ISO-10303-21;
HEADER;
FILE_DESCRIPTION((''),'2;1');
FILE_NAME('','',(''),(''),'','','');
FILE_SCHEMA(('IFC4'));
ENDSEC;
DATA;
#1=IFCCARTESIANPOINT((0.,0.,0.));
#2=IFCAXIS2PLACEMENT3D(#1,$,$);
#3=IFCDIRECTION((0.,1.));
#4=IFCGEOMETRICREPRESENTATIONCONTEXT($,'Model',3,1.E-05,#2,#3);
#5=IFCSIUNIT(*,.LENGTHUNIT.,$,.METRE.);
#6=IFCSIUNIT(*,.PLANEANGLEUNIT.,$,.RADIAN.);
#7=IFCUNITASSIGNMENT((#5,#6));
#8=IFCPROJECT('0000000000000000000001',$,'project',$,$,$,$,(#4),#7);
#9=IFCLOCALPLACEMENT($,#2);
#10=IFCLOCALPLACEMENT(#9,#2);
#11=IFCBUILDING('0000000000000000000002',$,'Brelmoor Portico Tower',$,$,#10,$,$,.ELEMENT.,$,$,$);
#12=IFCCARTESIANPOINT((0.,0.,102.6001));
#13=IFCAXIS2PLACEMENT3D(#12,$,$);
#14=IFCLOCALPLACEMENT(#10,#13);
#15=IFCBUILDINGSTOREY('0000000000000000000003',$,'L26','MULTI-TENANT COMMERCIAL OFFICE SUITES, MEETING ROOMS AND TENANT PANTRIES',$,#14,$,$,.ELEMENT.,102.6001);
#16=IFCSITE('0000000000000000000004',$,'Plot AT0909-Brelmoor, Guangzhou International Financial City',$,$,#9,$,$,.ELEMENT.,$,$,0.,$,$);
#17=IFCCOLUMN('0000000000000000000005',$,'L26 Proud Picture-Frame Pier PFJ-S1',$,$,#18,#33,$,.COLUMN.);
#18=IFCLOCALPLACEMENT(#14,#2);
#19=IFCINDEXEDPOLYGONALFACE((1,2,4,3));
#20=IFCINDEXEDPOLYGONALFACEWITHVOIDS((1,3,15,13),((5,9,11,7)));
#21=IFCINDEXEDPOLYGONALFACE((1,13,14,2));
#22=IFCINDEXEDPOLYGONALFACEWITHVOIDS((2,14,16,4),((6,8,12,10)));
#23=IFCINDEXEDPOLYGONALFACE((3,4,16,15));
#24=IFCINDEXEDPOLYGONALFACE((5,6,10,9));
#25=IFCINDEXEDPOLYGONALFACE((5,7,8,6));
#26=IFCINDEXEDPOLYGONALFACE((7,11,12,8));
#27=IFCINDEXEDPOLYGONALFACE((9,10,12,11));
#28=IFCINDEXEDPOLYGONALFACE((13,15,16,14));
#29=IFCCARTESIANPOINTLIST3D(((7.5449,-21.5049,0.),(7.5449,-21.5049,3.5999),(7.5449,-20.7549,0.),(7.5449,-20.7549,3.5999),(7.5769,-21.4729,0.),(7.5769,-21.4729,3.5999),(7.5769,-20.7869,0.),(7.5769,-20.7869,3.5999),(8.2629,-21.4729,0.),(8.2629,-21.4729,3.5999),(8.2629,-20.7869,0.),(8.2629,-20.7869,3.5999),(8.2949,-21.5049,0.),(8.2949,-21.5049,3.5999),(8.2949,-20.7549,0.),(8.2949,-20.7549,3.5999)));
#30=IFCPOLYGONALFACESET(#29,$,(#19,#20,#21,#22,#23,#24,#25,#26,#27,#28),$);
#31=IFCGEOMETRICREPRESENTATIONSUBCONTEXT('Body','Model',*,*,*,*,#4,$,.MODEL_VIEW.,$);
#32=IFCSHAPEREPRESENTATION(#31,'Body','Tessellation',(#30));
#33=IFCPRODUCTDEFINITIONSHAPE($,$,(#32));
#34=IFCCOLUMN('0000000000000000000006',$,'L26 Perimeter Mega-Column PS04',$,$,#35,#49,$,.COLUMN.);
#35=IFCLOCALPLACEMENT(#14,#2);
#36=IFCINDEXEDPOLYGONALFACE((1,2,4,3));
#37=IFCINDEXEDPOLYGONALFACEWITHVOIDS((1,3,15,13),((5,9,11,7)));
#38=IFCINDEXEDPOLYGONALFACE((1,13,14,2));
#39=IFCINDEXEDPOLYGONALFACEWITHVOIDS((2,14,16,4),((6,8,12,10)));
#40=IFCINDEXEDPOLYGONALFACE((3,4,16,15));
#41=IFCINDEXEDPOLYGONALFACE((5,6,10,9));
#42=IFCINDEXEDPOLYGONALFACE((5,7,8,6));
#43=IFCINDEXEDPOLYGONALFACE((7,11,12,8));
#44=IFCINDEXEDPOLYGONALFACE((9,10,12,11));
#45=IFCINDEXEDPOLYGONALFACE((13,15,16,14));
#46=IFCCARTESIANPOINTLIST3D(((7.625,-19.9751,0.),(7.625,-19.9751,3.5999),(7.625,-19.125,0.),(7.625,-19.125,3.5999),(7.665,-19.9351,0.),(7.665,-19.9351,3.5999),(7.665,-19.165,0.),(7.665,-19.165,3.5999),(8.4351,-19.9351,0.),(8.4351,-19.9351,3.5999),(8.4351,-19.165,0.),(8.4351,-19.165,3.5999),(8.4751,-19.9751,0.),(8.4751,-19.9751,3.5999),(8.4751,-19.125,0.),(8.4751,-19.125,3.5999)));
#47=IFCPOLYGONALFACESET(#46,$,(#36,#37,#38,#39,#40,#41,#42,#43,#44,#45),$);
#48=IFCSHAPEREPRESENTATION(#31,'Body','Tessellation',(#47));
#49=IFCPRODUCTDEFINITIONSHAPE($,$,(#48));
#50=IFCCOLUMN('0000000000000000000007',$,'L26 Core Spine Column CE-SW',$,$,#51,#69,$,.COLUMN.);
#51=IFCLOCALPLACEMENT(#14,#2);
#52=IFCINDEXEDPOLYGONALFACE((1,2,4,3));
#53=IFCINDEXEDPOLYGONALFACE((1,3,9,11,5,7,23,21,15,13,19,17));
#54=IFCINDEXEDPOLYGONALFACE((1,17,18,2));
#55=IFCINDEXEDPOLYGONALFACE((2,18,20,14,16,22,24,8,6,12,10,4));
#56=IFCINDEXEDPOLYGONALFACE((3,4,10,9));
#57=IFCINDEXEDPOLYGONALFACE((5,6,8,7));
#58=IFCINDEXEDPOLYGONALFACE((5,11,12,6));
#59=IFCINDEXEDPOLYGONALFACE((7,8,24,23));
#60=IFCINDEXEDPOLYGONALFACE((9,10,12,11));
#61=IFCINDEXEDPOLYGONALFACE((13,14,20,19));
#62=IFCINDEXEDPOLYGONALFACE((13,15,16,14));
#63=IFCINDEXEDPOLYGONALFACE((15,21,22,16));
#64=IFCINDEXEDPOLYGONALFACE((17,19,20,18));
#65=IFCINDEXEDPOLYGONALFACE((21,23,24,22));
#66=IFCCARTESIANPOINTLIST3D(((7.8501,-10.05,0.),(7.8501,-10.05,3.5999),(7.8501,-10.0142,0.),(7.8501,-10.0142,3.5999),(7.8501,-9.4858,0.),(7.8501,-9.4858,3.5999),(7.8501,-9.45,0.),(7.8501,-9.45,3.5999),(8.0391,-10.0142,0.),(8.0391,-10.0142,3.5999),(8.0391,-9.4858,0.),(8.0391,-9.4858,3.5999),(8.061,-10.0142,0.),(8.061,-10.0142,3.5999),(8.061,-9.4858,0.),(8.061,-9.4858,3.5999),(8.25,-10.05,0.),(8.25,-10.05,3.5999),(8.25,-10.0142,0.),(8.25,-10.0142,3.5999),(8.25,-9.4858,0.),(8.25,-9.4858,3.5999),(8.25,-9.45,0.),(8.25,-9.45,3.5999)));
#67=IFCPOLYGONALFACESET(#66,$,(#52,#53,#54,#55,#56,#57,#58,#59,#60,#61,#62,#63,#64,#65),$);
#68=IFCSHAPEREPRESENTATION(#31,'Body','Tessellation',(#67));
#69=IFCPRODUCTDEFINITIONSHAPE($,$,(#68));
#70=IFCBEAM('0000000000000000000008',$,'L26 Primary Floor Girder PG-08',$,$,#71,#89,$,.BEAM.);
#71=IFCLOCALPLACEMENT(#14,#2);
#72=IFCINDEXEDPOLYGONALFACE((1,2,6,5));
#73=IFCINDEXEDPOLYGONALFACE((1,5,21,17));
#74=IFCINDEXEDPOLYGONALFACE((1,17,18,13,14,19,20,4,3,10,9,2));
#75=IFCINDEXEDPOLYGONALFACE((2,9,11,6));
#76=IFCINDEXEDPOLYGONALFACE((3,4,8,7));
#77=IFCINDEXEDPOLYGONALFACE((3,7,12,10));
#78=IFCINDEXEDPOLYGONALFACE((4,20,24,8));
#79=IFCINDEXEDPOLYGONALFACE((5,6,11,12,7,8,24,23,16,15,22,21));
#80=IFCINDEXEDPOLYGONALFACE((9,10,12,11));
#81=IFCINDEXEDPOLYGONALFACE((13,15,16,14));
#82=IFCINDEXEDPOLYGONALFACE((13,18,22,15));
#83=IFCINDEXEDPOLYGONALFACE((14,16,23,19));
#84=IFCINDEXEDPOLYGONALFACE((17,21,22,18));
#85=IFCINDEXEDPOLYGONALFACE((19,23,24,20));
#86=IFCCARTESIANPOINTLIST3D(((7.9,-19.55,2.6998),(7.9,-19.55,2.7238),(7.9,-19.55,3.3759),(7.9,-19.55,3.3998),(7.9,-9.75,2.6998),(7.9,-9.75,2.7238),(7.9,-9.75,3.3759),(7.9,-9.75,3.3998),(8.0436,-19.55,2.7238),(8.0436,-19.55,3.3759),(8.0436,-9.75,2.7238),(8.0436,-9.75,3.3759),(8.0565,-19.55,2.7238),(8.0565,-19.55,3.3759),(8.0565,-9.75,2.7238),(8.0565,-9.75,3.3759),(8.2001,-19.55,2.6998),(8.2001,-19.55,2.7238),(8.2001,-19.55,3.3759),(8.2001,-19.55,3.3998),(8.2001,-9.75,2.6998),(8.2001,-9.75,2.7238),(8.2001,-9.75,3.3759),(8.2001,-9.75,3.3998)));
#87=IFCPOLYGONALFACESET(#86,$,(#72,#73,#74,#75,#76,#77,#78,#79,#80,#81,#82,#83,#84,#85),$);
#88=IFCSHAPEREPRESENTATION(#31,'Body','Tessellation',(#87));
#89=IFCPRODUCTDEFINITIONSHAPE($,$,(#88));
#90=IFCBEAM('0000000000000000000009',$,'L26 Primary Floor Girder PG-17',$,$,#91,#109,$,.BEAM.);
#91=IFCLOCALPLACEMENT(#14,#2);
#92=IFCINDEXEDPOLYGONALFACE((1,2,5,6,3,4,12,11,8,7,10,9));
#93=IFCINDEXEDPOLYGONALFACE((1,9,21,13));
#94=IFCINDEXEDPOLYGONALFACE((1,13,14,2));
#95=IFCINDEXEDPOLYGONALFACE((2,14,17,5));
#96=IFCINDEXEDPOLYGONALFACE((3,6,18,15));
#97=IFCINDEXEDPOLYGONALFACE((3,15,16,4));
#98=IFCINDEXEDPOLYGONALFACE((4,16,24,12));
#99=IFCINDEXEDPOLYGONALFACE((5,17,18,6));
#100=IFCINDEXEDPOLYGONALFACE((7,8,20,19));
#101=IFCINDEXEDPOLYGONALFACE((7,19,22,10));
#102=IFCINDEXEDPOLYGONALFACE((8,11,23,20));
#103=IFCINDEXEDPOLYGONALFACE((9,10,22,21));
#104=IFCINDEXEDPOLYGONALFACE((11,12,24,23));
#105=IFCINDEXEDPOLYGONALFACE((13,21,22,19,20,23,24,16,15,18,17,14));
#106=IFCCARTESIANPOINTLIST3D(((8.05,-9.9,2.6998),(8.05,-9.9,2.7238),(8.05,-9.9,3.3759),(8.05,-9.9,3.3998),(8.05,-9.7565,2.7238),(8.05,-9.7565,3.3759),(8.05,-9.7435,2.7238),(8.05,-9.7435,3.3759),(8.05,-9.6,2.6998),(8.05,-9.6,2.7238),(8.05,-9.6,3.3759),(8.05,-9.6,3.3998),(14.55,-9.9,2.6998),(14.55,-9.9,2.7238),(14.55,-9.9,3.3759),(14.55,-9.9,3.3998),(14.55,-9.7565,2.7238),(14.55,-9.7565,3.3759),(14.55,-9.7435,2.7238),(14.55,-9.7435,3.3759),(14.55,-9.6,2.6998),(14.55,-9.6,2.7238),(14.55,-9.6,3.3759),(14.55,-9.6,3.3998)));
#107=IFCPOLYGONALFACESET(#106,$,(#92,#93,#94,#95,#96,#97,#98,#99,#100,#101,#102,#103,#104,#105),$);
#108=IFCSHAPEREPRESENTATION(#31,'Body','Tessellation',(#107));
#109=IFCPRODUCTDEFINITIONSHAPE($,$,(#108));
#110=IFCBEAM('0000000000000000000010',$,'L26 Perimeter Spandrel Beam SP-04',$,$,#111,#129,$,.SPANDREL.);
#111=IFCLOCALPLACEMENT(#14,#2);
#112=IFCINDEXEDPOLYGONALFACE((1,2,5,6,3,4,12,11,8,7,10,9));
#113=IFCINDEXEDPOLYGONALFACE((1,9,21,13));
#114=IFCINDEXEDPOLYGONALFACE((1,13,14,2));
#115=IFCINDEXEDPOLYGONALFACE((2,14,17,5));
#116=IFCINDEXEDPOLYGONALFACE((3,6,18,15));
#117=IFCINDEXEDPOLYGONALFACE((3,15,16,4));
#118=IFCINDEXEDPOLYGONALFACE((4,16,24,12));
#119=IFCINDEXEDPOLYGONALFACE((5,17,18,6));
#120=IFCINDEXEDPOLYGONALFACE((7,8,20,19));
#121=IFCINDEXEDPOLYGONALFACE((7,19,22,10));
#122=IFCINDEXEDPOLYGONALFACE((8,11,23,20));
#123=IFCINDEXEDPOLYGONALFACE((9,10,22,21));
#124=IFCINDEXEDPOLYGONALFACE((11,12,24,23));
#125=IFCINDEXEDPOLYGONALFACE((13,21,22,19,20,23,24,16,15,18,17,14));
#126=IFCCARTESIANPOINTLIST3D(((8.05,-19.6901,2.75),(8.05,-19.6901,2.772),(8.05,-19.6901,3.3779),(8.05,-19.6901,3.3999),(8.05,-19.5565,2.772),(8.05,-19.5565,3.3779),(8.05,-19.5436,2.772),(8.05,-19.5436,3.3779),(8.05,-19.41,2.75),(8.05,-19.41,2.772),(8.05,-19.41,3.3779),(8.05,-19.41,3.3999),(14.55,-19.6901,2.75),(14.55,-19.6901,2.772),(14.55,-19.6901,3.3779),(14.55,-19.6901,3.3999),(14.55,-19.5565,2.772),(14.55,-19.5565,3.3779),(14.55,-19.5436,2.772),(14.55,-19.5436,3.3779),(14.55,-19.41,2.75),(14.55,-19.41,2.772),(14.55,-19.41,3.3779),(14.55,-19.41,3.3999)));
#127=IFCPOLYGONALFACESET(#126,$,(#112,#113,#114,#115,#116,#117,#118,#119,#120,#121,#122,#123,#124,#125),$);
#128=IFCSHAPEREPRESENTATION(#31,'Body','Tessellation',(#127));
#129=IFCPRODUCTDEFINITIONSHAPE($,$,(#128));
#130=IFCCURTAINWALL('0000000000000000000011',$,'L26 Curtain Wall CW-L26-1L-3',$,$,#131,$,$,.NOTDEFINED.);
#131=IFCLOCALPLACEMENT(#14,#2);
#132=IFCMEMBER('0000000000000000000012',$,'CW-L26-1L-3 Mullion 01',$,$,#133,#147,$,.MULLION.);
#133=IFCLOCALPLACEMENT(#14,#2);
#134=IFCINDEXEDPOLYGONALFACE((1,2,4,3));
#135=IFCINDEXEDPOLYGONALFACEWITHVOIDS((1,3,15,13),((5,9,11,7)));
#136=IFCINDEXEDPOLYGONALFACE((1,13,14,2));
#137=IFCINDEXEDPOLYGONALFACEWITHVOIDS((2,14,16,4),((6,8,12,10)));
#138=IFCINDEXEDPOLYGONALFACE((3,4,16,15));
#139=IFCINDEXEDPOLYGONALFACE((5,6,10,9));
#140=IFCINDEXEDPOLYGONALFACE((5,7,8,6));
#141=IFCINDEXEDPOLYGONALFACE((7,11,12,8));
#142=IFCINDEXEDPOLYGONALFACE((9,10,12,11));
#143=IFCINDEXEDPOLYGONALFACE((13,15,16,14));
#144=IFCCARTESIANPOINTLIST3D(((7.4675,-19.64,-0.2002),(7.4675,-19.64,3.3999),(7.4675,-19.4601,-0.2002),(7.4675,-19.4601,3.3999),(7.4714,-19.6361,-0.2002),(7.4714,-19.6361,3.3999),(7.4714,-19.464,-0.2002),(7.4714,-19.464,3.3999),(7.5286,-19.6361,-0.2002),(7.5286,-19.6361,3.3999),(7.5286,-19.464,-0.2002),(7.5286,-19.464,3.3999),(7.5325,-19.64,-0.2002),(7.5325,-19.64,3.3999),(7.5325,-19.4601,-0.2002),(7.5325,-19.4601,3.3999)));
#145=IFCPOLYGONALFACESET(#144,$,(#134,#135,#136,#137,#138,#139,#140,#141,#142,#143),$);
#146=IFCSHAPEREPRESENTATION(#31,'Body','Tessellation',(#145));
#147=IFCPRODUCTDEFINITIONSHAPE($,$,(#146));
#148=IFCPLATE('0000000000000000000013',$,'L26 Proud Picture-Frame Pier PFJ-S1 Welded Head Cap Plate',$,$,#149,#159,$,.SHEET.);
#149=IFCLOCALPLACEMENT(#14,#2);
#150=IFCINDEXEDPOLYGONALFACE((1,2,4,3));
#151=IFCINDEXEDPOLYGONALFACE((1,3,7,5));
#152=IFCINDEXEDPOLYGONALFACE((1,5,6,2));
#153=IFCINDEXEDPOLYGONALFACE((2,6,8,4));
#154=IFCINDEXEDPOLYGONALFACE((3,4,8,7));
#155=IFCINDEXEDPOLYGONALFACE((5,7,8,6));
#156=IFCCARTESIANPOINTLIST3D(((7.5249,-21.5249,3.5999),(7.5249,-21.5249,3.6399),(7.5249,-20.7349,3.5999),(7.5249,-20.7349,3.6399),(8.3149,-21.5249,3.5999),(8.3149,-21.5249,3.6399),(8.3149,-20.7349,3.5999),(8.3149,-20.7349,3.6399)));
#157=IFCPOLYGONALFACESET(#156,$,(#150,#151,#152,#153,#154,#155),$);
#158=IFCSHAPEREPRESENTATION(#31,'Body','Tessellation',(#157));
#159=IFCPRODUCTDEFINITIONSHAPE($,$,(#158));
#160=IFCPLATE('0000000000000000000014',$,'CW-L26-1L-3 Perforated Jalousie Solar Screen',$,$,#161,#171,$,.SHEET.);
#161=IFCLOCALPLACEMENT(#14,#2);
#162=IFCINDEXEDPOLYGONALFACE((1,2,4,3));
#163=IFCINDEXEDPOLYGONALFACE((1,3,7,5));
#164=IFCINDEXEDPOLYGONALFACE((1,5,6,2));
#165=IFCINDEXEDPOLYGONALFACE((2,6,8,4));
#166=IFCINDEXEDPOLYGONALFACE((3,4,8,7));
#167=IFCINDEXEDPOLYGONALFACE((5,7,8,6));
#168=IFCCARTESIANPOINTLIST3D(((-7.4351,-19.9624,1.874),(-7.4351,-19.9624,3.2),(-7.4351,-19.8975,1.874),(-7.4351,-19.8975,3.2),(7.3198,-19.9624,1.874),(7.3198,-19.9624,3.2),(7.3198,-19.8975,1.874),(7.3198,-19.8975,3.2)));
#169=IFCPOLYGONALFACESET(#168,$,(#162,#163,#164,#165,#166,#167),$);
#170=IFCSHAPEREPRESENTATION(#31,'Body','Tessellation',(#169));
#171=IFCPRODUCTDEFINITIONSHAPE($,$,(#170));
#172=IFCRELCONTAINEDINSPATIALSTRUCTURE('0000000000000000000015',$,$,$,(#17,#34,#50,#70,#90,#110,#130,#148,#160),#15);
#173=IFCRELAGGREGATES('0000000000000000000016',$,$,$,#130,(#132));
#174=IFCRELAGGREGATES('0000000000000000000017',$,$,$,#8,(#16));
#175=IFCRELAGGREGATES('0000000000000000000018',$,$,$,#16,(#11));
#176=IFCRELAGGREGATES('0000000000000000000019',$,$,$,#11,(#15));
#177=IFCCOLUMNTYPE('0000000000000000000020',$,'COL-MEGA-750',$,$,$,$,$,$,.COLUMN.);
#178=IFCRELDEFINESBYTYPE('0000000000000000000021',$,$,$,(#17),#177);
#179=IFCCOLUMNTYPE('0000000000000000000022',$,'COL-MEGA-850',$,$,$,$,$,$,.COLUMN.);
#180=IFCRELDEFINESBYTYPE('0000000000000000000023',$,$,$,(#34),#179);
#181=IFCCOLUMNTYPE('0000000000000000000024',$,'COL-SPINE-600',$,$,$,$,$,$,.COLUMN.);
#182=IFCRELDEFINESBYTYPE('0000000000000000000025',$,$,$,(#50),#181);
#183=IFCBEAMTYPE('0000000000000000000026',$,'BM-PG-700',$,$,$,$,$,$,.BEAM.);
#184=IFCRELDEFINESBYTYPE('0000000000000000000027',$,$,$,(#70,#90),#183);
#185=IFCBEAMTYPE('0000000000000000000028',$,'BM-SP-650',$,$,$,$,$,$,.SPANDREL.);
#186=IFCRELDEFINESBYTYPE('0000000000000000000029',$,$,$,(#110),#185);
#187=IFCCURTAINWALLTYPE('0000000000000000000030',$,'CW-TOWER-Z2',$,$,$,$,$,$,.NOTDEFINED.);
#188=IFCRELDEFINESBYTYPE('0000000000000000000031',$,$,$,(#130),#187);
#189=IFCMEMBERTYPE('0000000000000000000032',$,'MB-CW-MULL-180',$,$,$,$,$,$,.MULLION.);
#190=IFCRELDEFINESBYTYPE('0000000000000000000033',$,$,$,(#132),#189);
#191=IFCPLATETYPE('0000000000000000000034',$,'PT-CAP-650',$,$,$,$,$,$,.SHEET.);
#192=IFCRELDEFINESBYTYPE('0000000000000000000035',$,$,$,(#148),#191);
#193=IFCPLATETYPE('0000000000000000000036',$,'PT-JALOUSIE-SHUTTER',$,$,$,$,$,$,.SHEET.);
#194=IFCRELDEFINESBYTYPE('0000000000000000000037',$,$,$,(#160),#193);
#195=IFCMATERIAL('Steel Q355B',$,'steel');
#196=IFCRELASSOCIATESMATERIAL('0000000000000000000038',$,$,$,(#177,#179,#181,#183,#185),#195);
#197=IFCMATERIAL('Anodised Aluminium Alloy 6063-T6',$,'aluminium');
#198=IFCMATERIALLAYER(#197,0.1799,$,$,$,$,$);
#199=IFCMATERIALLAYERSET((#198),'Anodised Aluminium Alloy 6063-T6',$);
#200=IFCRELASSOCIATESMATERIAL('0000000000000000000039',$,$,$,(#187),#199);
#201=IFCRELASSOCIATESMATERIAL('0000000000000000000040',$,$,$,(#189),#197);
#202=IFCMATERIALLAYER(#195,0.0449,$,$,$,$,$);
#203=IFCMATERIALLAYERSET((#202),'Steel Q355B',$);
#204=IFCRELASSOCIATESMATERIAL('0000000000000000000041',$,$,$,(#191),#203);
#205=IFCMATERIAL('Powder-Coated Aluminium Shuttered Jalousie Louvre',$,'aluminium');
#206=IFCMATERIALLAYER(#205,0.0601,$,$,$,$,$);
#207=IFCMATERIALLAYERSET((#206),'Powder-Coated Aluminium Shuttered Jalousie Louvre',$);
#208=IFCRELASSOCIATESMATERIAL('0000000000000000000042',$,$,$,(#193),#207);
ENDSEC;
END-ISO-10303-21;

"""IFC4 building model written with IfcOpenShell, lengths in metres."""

from ifc_helpers import new_model, si_unit, direction, frame, origin, origin_2d, place, context, subcontext, project, spatial, rectangle, hollow_rectangle, i_section, extrude, material, layer, layer_set, material_profile, profile_set, type_object, element, aggregate, save


model = new_model("IFC4")

# Units and contexts
model_context = context("Model", 3, precision=1e-05, world=origin(), true_north=direction((0.0, 1.0)))
body_context = subcontext(model_context, "Body", "Model", "MODEL_VIEW")
ifc_project = project(units=[si_unit("LENGTHUNIT", "METRE"), si_unit("PLANEANGLEUNIT", "RADIAN")], contexts=[model_context])

# Site, building, storey
site_placement = place(None, origin())
site = spatial("IfcSite", under=ifc_project, at=site_placement, Name="Plot AT0909-Brelmoor, Guangzhou International Financial City", CompositionType="ELEMENT", RefElevation=0.0)
building_placement = place(site_placement, origin())
building = spatial("IfcBuilding", under=site, at=building_placement, Name="Brelmoor Portico Tower", CompositionType="ELEMENT")
storey_placement = place(building_placement, frame((0.0, 0.0, 102.6001)))
storey = spatial("IfcBuildingStorey", under=building, at=storey_placement, Name="L26", Description="MULTI-TENANT COMMERCIAL OFFICE SUITES, MEETING ROOMS AND TENANT PANTRIES", CompositionType="ELEMENT", Elevation=102.6001)

# Columns
ifc_material_1 = material(Name="Steel Q355B", Category="steel")
ifc_material_profile_1 = material_profile(ifc_material_1, hollow_rectangle(XDim=0.75, YDim=0.75, WallThickness=0.032, at=origin_2d()), Name="BOX 750x750x32")
ifc_profile_set_1 = profile_set([ifc_material_profile_1], Name="Steel Q355B")
column_type_1 = type_object("IfcColumnType", Name="COL-MEGA-750", PredefinedType="COLUMN", material=ifc_profile_set_1)
column_1_placement = place(storey_placement, frame((7.9199, -21.1299, 0.0), z_axis=(0.0, 0.0, 1.0), x_axis=(1.0, 0.0, 0.0)))
element("IfcColumn", 1, at=column_1_placement, inside=storey, type_object=column_type_1, Name="L26 Proud Picture-Frame Pier PFJ-S1", PredefinedType="COLUMN", context=body_context, shape_type="SweptSolid", body=[
    extrude(hollow_rectangle(XDim=0.75, YDim=0.75, WallThickness=0.032, at=origin_2d()), origin(), (0.0, 0.0, 1.0), 3.5999),
])
ifc_material_profile_2 = material_profile(ifc_material_1, hollow_rectangle(XDim=0.8501, YDim=0.8501, WallThickness=0.04, at=origin_2d()), Name="BOX 850x850x40")
ifc_profile_set_2 = profile_set([ifc_material_profile_2], Name="Steel Q355B")
column_type_2 = type_object("IfcColumnType", Name="COL-MEGA-850", PredefinedType="COLUMN", material=ifc_profile_set_2)
column_2_placement = place(storey_placement, frame((8.05, -19.55, 0.0), z_axis=(0.0, 0.0, 1.0), x_axis=(1.0, 0.0, 0.0)))
element("IfcColumn", 2, at=column_2_placement, inside=storey, type_object=column_type_2, Name="L26 Perimeter Mega-Column PS04", PredefinedType="COLUMN", context=body_context, shape_type="SweptSolid", body=[
    extrude(hollow_rectangle(XDim=0.8501, YDim=0.8501, WallThickness=0.04, at=origin_2d()), origin(), (0.0, 0.0, 1.0), 3.5999),
])
ifc_material_profile_3 = material_profile(ifc_material_1, i_section(OverallWidth=0.3999, OverallDepth=0.6001, WebThickness=0.022, FlangeThickness=0.0359, at=origin_2d()), Name="HW 600x400x22x36")
ifc_profile_set_3 = profile_set([ifc_material_profile_3], Name="Steel Q355B")
column_type_3 = type_object("IfcColumnType", Name="COL-SPINE-600", PredefinedType="COLUMN", material=ifc_profile_set_3)
column_3_placement = place(storey_placement, frame((8.05, -9.75, 0.0), z_axis=(0.0, 0.0, 1.0), x_axis=(1.0, 0.0, 0.0)))
element("IfcColumn", 3, at=column_3_placement, inside=storey, type_object=column_type_3, Name="L26 Core Spine Column CE-SW", PredefinedType="COLUMN", context=body_context, shape_type="SweptSolid", body=[
    extrude(i_section(OverallWidth=0.3999, OverallDepth=0.6001, WebThickness=0.022, FlangeThickness=0.0359, at=origin_2d()), origin(), (0.0, 0.0, 1.0), 3.5999),
])

# Beams
ifc_material_profile_4 = material_profile(ifc_material_1, i_section(OverallWidth=0.3, OverallDepth=0.7, WebThickness=0.0129, FlangeThickness=0.0239, at=origin_2d()), Name="HN 700x300x13x24")
ifc_profile_set_4 = profile_set([ifc_material_profile_4], Name="Steel Q355B")
beam_type_1 = type_object("IfcBeamType", Name="BM-PG-700", PredefinedType="BEAM", material=ifc_profile_set_4)
beam_1_placement = place(storey_placement, frame((8.05, -19.55, 3.0498), z_axis=(0.0, 1.0, 0.0), x_axis=(-1.0, 0.0, 0.0)))
element("IfcBeam", 4, at=beam_1_placement, inside=storey, type_object=beam_type_1, Name="L26 Primary Floor Girder PG-08", PredefinedType="BEAM", context=body_context, shape_type="SweptSolid", body=[
    extrude(i_section(OverallWidth=0.3, OverallDepth=0.7, WebThickness=0.0129, FlangeThickness=0.0239, at=origin_2d()), origin(), (0.0, 0.0, 1.0), 9.8),
])
beam_2_placement = place(storey_placement, frame((8.05, -9.75, 3.0498), z_axis=(1.0, 0.0, 0.0), x_axis=(0.0, 1.0, 0.0)))
element("IfcBeam", 5, at=beam_2_placement, inside=storey, type_object=beam_type_1, Name="L26 Primary Floor Girder PG-17", PredefinedType="BEAM", context=body_context, shape_type="SweptSolid", body=[
    extrude(i_section(OverallWidth=0.3, OverallDepth=0.7, WebThickness=0.0129, FlangeThickness=0.0239, at=origin_2d()), origin(), (0.0, 0.0, 1.0), 6.5),
])
ifc_material_profile_5 = material_profile(ifc_material_1, i_section(OverallWidth=0.28, OverallDepth=0.6499, WebThickness=0.0129, FlangeThickness=0.022, at=origin_2d()), Name="HN 650x280x13x22")
ifc_profile_set_5 = profile_set([ifc_material_profile_5], Name="Steel Q355B")
beam_type_2 = type_object("IfcBeamType", Name="BM-SP-650", PredefinedType="SPANDREL", material=ifc_profile_set_5)
beam_3_placement = place(storey_placement, frame((8.05, -19.55, 3.075), z_axis=(1.0, 0.0, 0.0), x_axis=(0.0, 1.0, 0.0)))
element("IfcBeam", 6, at=beam_3_placement, inside=storey, type_object=beam_type_2, Name="L26 Perimeter Spandrel Beam SP-04", PredefinedType="SPANDREL", context=body_context, shape_type="SweptSolid", body=[
    extrude(i_section(OverallWidth=0.28, OverallDepth=0.6499, WebThickness=0.0129, FlangeThickness=0.022, at=origin_2d()), origin(), (0.0, 0.0, 1.0), 6.5),
])

# Curtain wall, member
ifc_material_2 = material(Name="Anodised Aluminium Alloy 6063-T6", Category="aluminium")
ifc_layer_1 = layer(ifc_material_2, 0.1799)
ifc_layer_set_1 = layer_set([ifc_layer_1], Name="Anodised Aluminium Alloy 6063-T6")
curtain_wall_type = type_object("IfcCurtainWallType", Name="CW-TOWER-Z2", PredefinedType="NOTDEFINED", material=ifc_layer_set_1)
curtain_wall_placement = place(storey_placement, origin())
curtain_wall = element("IfcCurtainWall", 7, at=curtain_wall_placement, inside=storey, type_object=curtain_wall_type, Name="L26 Curtain Wall CW-L26-1L-3", PredefinedType="NOTDEFINED")
ifc_material_profile_6 = material_profile(ifc_material_2, hollow_rectangle(XDim=0.0649, YDim=0.1799, WallThickness=0.0039, at=origin_2d()), Name="ALU MULLION 65x180")
ifc_profile_set_6 = profile_set([ifc_material_profile_6], Name="Anodised Aluminium Alloy 6063-T6")
member_type = type_object("IfcMemberType", Name="MB-CW-MULL-180", PredefinedType="MULLION", material=ifc_profile_set_6)
member_placement = place(storey_placement, frame((7.5, -19.55, -0.2002), z_axis=(0.0, 0.0, 1.0), x_axis=(1.0, 0.0, 0.0)))
member = element("IfcMember", 8, at=member_placement, type_object=member_type, Name="CW-L26-1L-3 Mullion 01", PredefinedType="MULLION", context=body_context, shape_type="SweptSolid", body=[
    extrude(hollow_rectangle(XDim=0.0649, YDim=0.1799, WallThickness=0.0039, at=origin_2d()), origin(), (0.0, 0.0, 1.0), 3.6001),
])
aggregate(curtain_wall, [member])

# Plates
ifc_layer_2 = layer(ifc_material_1, 0.0449)
ifc_layer_set_2 = layer_set([ifc_layer_2], Name="Steel Q355B")
plate_type_1 = type_object("IfcPlateType", Name="PT-CAP-650", PredefinedType="SHEET", material=ifc_layer_set_2)
plate_1_placement = place(storey_placement, frame((7.9199, -21.1299, 3.5999), z_axis=(0.0, 0.0, 1.0), x_axis=(1.0, 0.0, 0.0)))
element("IfcPlate", 9, at=plate_1_placement, inside=storey, type_object=plate_type_1, Name="L26 Proud Picture-Frame Pier PFJ-S1 Welded Head Cap Plate", PredefinedType="SHEET", context=body_context, shape_type="SweptSolid", body=[
    extrude(rectangle(XDim=0.79, YDim=0.79, at=origin_2d()), origin(), (0.0, 0.0, 1.0), 0.04),
])
ifc_material_3 = material(Name="Powder-Coated Aluminium Shuttered Jalousie Louvre", Category="aluminium")
ifc_layer_3 = layer(ifc_material_3, 0.0601)
ifc_layer_set_3 = layer_set([ifc_layer_3], Name="Powder-Coated Aluminium Shuttered Jalousie Louvre")
plate_type_2 = type_object("IfcPlateType", Name="PT-JALOUSIE-SHUTTER", PredefinedType="SHEET", material=ifc_layer_set_3)
plate_2_placement = place(storey_placement, frame((-0.0576, -19.9299, 1.874), z_axis=(0.0, 0.0, 1.0), x_axis=(1.0, 0.0, 0.0)))
element("IfcPlate", 10, at=plate_2_placement, inside=storey, type_object=plate_type_2, Name="CW-L26-1L-3 Perforated Jalousie Solar Screen", PredefinedType="SHEET", context=body_context, shape_type="SweptSolid", body=[
    extrude(rectangle(XDim=14.7549, YDim=0.0649, at=origin_2d()), origin(), (0.0, 0.0, 1.0), 1.3259),
])

save(model, "model.ifc")
